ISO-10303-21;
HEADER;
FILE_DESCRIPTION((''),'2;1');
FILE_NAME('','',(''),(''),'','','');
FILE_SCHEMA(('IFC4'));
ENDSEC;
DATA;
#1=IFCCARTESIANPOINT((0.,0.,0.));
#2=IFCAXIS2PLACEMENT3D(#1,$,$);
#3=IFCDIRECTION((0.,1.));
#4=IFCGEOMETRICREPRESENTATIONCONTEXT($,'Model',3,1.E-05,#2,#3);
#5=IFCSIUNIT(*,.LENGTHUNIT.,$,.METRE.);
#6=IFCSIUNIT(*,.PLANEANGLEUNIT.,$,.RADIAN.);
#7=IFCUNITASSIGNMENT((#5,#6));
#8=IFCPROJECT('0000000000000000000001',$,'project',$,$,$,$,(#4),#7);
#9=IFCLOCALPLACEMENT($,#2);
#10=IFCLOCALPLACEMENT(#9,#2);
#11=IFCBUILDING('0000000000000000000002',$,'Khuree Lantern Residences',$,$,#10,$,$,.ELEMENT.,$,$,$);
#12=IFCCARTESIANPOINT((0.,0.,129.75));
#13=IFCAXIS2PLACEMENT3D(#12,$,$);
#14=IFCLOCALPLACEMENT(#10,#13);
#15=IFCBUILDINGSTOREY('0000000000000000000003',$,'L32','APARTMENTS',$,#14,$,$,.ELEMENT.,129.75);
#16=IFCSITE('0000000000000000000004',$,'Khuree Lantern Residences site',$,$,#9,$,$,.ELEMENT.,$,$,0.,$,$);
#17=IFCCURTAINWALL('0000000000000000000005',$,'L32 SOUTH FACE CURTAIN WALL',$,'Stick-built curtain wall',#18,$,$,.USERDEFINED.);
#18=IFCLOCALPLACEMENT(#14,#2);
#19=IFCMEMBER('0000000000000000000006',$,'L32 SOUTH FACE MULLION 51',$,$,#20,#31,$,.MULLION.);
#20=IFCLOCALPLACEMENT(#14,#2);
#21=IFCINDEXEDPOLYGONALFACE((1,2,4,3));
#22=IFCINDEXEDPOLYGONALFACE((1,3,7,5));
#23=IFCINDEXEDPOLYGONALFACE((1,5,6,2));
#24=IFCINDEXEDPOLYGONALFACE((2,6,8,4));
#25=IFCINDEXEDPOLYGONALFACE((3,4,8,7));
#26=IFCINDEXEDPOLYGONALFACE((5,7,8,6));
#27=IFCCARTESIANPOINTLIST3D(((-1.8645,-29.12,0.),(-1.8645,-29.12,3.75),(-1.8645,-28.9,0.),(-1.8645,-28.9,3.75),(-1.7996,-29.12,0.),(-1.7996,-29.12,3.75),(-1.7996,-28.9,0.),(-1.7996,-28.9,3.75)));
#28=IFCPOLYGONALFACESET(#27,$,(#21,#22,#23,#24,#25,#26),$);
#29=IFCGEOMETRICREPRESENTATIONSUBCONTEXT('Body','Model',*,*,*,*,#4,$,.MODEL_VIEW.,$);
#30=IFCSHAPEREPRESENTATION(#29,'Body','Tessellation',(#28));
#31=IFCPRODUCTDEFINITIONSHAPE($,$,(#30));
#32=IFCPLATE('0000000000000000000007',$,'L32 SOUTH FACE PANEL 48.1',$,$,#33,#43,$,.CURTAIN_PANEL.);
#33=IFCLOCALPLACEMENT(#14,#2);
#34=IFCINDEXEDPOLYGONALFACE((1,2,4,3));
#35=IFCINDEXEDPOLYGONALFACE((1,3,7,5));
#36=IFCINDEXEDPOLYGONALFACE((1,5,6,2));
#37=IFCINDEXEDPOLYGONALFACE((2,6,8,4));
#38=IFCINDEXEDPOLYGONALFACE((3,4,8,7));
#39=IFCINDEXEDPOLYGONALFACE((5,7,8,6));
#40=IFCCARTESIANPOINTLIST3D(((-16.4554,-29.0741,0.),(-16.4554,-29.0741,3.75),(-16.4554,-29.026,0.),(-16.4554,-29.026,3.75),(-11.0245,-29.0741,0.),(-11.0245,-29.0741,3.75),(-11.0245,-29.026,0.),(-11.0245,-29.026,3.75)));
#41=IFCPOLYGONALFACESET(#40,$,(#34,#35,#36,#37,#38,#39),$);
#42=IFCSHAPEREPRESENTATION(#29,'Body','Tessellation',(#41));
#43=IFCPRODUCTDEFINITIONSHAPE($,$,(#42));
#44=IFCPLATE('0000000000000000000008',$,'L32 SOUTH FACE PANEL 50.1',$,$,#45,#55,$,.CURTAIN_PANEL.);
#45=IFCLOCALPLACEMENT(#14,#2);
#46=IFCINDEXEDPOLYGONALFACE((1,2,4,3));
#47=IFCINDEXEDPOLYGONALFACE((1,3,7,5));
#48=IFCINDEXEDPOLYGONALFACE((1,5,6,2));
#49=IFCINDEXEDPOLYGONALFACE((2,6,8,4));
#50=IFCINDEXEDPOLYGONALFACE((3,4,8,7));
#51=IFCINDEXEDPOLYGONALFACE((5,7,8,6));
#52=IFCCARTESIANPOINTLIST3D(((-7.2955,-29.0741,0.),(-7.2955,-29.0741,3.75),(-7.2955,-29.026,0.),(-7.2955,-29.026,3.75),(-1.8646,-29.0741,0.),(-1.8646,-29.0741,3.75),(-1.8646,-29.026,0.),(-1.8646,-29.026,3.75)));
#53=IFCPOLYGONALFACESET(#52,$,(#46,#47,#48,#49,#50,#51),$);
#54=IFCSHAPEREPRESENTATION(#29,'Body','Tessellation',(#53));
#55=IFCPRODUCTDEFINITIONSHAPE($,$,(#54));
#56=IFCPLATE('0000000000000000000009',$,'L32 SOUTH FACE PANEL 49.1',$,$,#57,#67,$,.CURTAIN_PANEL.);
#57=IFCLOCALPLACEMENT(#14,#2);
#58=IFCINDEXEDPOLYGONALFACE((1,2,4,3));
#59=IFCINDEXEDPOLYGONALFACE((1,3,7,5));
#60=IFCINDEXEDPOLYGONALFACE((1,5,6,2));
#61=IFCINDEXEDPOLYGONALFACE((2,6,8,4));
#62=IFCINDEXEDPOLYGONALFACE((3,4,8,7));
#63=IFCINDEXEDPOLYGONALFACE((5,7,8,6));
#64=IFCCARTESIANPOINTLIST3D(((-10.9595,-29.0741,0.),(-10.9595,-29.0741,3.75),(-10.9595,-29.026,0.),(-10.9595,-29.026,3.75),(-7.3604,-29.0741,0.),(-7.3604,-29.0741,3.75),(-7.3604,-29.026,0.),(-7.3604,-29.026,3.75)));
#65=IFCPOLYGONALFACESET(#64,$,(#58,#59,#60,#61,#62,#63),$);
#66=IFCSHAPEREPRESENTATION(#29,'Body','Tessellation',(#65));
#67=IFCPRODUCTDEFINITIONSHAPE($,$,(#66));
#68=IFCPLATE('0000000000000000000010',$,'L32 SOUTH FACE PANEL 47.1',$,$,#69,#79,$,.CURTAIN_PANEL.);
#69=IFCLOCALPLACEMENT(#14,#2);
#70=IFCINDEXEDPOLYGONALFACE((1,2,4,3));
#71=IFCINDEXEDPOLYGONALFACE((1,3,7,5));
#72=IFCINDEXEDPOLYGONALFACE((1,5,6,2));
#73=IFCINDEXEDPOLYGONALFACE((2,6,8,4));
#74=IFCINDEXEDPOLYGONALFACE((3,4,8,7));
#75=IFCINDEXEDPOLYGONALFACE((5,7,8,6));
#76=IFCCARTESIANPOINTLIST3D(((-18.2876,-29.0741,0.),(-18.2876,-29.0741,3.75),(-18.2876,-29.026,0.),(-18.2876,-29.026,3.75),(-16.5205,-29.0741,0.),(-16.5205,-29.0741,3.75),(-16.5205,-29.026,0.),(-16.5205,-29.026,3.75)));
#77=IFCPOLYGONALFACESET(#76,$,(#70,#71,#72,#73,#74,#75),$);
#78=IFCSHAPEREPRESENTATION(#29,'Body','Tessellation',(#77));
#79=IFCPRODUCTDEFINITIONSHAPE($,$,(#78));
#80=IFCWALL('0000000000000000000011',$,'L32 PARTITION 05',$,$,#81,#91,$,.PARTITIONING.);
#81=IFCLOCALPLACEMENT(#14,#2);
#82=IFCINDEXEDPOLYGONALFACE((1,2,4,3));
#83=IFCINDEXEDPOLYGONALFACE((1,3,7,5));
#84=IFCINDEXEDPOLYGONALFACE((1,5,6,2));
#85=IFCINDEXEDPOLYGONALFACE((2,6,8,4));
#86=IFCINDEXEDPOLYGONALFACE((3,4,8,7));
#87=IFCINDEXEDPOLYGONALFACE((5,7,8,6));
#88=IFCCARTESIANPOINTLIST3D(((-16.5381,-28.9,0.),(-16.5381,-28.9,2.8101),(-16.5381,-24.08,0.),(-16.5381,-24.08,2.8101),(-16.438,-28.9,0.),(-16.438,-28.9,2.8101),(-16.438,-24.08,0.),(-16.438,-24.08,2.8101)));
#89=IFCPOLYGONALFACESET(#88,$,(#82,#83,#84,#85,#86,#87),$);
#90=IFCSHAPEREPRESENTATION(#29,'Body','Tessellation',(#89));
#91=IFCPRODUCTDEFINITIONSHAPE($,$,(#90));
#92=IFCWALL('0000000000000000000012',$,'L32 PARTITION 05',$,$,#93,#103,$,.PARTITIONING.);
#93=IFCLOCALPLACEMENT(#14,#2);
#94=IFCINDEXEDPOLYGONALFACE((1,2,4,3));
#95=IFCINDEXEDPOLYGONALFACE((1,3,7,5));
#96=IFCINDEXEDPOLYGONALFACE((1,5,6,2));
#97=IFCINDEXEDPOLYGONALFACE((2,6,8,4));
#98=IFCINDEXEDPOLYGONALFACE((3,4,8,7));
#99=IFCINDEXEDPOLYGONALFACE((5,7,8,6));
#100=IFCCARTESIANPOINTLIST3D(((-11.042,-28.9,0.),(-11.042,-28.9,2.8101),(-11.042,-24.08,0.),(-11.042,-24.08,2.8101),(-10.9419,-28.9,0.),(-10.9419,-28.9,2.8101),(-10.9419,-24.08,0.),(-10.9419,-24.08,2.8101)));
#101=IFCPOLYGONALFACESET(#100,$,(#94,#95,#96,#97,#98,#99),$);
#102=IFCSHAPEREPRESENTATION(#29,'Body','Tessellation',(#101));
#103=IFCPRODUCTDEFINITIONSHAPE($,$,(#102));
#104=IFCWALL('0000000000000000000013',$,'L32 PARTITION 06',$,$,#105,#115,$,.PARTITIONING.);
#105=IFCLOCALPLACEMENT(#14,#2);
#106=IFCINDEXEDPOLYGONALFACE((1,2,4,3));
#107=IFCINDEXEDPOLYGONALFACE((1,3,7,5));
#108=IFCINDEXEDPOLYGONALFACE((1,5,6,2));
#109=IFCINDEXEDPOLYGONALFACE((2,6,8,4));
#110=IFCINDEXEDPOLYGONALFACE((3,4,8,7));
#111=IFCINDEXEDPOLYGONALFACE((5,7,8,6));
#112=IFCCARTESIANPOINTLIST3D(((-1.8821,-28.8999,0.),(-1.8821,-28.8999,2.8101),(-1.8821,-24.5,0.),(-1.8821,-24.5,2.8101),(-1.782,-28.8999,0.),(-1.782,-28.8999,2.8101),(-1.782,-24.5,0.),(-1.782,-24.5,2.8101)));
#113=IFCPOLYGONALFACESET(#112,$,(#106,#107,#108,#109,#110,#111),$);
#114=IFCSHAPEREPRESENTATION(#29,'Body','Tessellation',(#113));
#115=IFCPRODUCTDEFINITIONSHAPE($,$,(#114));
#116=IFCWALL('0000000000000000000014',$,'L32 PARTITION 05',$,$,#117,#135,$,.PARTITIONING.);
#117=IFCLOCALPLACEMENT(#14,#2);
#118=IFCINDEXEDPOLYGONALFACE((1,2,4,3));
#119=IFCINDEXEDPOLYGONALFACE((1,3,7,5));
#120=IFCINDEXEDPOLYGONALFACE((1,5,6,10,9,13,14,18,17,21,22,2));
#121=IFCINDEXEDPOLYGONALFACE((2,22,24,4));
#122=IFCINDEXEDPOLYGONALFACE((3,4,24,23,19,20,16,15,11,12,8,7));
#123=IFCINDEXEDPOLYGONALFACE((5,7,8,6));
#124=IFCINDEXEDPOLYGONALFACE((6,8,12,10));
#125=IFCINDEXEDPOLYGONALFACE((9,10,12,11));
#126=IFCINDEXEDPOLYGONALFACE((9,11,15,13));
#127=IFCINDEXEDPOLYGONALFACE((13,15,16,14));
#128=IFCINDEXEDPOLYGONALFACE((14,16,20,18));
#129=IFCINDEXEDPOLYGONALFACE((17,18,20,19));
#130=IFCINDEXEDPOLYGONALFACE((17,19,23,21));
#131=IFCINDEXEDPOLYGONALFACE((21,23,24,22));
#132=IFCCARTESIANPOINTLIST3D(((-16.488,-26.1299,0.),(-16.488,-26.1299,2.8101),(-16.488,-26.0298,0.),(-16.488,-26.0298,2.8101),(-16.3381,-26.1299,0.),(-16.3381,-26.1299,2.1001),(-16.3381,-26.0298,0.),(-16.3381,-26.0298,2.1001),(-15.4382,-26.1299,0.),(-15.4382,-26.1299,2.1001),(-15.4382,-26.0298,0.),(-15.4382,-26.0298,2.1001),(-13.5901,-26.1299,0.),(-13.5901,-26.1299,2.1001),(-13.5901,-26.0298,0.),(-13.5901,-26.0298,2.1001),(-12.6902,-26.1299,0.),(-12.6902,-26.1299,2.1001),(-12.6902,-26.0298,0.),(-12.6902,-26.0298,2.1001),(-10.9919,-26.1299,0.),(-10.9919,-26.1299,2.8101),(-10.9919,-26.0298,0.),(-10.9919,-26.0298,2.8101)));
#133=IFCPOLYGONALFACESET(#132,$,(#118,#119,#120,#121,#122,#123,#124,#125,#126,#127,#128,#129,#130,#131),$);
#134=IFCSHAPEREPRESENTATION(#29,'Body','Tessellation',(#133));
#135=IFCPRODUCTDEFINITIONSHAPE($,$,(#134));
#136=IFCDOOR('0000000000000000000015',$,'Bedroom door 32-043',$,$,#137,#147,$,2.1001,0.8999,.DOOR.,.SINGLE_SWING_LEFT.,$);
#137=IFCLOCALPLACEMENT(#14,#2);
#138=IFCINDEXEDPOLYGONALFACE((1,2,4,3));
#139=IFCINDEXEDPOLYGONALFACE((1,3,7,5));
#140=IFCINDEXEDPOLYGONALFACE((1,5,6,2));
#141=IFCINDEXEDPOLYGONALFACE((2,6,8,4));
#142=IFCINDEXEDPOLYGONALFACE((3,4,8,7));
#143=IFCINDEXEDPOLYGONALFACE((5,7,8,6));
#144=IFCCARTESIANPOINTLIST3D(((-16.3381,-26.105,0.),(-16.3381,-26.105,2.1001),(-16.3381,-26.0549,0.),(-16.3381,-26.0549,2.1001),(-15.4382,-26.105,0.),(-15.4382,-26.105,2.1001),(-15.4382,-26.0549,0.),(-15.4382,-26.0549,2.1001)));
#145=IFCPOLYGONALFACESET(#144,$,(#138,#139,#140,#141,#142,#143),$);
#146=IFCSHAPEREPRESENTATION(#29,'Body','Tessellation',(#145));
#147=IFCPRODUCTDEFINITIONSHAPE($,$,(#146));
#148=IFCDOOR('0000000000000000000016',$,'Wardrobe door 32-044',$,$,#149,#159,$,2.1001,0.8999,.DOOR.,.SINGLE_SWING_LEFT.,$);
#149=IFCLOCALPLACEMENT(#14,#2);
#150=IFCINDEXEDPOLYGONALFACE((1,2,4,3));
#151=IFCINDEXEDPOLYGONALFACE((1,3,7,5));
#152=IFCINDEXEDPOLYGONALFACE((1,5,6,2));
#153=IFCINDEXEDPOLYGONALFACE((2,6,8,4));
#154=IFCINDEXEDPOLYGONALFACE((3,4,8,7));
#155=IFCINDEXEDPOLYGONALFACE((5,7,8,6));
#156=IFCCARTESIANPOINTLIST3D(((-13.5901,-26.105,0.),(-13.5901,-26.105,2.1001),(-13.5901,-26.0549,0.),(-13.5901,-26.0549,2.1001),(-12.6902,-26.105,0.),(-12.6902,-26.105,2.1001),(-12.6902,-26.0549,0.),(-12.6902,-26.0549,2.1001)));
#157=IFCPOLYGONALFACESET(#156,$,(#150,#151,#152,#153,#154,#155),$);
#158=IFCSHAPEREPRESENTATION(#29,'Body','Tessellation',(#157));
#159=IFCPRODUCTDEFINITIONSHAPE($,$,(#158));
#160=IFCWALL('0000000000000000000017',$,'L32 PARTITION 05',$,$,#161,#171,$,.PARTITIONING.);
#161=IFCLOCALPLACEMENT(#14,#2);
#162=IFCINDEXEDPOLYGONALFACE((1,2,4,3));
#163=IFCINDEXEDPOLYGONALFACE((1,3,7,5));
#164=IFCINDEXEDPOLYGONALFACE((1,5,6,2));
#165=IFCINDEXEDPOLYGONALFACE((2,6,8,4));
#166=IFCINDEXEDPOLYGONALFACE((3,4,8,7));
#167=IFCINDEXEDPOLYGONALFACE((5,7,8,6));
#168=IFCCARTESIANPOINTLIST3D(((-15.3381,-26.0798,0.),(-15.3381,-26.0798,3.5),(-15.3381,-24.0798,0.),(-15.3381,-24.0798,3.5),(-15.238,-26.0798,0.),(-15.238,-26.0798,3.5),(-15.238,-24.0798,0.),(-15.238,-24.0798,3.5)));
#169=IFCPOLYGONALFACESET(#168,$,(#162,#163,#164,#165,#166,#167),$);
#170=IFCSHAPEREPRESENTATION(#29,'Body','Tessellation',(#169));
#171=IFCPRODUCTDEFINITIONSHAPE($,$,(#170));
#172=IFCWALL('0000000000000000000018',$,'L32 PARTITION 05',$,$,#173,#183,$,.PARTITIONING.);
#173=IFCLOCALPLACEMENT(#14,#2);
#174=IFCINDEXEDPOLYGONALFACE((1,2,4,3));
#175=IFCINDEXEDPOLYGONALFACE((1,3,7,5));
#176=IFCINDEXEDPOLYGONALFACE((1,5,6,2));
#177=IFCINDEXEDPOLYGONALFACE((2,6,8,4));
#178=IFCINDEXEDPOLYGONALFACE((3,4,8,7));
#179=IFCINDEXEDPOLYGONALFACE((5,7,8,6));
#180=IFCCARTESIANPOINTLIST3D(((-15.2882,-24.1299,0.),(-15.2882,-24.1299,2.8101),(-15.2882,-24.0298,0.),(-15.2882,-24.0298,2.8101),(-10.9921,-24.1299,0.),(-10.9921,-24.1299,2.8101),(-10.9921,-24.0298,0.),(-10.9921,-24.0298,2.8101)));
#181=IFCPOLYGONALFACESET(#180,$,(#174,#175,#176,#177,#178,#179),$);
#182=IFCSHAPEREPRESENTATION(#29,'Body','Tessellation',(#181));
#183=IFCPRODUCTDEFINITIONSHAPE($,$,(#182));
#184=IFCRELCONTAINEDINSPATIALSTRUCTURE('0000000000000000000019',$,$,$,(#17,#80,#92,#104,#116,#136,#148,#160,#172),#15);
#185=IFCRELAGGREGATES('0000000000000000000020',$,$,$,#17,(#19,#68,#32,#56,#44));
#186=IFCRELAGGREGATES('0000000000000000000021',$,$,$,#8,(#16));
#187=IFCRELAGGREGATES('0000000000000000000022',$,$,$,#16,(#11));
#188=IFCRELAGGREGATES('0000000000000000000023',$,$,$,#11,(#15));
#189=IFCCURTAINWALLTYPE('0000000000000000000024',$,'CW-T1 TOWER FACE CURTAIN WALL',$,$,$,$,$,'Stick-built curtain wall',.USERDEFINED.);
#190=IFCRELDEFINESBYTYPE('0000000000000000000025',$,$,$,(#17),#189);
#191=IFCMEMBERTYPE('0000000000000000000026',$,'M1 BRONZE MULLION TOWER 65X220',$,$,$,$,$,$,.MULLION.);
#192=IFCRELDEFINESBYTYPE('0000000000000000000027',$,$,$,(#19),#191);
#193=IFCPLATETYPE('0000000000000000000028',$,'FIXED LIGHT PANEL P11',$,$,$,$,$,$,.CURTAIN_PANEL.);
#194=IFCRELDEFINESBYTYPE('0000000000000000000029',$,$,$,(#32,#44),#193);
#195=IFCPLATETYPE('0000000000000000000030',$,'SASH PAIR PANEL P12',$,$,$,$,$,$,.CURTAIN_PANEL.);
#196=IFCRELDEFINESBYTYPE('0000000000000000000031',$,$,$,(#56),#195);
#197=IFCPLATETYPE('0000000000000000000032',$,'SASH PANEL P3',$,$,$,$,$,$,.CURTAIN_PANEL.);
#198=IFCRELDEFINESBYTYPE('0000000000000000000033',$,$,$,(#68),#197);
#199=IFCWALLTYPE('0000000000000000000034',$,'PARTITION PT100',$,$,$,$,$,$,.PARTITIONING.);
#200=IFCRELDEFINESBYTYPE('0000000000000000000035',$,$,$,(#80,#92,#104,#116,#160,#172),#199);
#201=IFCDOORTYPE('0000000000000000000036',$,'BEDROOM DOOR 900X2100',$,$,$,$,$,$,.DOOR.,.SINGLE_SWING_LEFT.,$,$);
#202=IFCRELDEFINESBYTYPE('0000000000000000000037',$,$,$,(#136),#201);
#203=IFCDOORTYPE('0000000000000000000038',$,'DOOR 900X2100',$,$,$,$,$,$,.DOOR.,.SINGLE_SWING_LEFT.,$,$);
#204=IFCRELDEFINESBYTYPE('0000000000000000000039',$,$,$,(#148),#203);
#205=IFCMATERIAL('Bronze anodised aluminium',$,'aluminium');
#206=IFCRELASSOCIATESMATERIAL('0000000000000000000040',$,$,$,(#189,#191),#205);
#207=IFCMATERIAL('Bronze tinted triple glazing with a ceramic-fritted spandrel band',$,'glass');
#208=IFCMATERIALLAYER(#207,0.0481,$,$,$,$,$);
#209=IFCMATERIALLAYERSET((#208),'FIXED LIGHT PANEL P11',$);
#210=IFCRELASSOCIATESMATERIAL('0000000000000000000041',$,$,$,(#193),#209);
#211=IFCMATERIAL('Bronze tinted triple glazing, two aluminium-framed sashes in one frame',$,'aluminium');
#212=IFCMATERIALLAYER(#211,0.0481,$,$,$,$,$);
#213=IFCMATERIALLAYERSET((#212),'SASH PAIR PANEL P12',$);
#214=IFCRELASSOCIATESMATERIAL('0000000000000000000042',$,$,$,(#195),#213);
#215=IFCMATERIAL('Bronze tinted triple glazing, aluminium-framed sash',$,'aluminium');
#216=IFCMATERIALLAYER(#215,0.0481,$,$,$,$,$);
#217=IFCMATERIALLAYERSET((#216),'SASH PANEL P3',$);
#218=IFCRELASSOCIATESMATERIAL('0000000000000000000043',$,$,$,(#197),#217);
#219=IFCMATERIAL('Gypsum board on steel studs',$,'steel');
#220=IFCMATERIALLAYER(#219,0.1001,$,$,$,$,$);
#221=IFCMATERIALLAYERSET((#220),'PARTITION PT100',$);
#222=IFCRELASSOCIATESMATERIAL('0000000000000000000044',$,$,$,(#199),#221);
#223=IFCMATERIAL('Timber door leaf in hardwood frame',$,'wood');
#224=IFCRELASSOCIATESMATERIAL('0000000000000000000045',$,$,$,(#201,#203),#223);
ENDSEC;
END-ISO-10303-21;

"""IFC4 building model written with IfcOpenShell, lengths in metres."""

from ifc_helpers import new_model, si_unit, direction, frame, frame_2d, origin, origin_2d, place, context, subcontext, project, spatial, rectangle, extrude, material, layer, layer_set, material_profile, profile_set, type_object, element, fill, aggregate, save


model = new_model("IFC4")

# Units and contexts
model_context = context("Model", 3, precision=1e-05, world=origin(), true_north=direction((0.0, 1.0)))
body_context = subcontext(model_context, "Body", "Model", "MODEL_VIEW")
ifc_project = project(units=[si_unit("LENGTHUNIT", "METRE"), si_unit("PLANEANGLEUNIT", "RADIAN")], contexts=[model_context])

# Site, building, storey
site_placement = place(None, origin())
site = spatial("IfcSite", under=ifc_project, at=site_placement, Name="Khuree Lantern Residences site", CompositionType="ELEMENT", RefElevation=0.0)
building_placement = place(site_placement, origin())
building = spatial("IfcBuilding", under=site, at=building_placement, Name="Khuree Lantern Residences", CompositionType="ELEMENT")
storey_placement = place(building_placement, frame((0.0, 0.0, 129.75)))
storey = spatial("IfcBuildingStorey", under=building, at=storey_placement, Name="L32", Description="APARTMENTS", CompositionType="ELEMENT", Elevation=129.75)

# Curtain wall
ifc_material_1 = material(Name="Bronze anodised aluminium", Category="aluminium")
curtain_wall_type = type_object("IfcCurtainWallType", Name="CW-T1 TOWER FACE CURTAIN WALL", ElementType="Stick-built curtain wall", PredefinedType="USERDEFINED", material=ifc_material_1)
curtain_wall_placement = place(storey_placement, origin())
curtain_wall = element("IfcCurtainWall", 1, at=curtain_wall_placement, inside=storey, type_object=curtain_wall_type, Name="L32 SOUTH FACE CURTAIN WALL", ObjectType="Stick-built curtain wall", PredefinedType="USERDEFINED")

# Member
ifc_material_profile_1 = material_profile(ifc_material_1, rectangle(XDim=0.0649, YDim=0.22, at=origin_2d()), Name="M1 65X220")
ifc_profile_set_1 = profile_set([ifc_material_profile_1], Name="Bronze anodised aluminium")
member_type_1 = type_object("IfcMemberType", Name="M1 BRONZE MULLION TOWER 65X220", PredefinedType="MULLION", material=ifc_profile_set_1)
member_1_placement = place(storey_placement, frame((-1.832, -29.01, 0.0), z_axis=(0.0, 0.0, 1.0), x_axis=(1.0, 0.0, 0.0)))
member_1 = element("IfcMember", 2, at=member_1_placement, type_object=member_type_1, Name="L32 SOUTH FACE MULLION 51", PredefinedType="MULLION", context=body_context, shape_type="SweptSolid", body=[
    extrude(rectangle(XDim=0.0649, YDim=0.22, at=origin_2d()), origin(), (0.0, 0.0, 1.0), 3.75),
])

# Plates
ifc_material_2 = material(Name="Bronze tinted triple glazing with a ceramic-fritted spandrel band", Category="glass")
ifc_layer_1 = layer(ifc_material_2, 0.0481)
ifc_layer_set_1 = layer_set([ifc_layer_1], Name="FIXED LIGHT PANEL P11")
plate_type_1 = type_object("IfcPlateType", Name="FIXED LIGHT PANEL P11", PredefinedType="CURTAIN_PANEL", material=ifc_layer_set_1)
plate_1_placement = place(storey_placement, frame((-13.74, -29.05, 0.0), z_axis=(0.0, 0.0, 1.0), x_axis=(1.0, 0.0, 0.0)))
plate_1 = element("IfcPlate", 3, at=plate_1_placement, type_object=plate_type_1, Name="L32 SOUTH FACE PANEL 48.1", PredefinedType="CURTAIN_PANEL", context=body_context, shape_type="SweptSolid", body=[
    extrude(rectangle(XDim=5.4309, YDim=0.0481, at=origin_2d()), origin(), (0.0, 0.0, 1.0), 3.75),
])
plate_2_placement = place(storey_placement, frame((-4.5801, -29.05, 0.0), z_axis=(0.0, 0.0, 1.0), x_axis=(1.0, 0.0, 0.0)))
plate_2 = element("IfcPlate", 4, at=plate_2_placement, type_object=plate_type_1, Name="L32 SOUTH FACE PANEL 50.1", PredefinedType="CURTAIN_PANEL", context=body_context, shape_type="SweptSolid", body=[
    extrude(rectangle(XDim=5.4309, YDim=0.0481, at=origin_2d()), origin(), (0.0, 0.0, 1.0), 3.75),
])
ifc_material_3 = material(Name="Bronze tinted triple glazing, two aluminium-framed sashes in one frame", Category="aluminium")
ifc_layer_2 = layer(ifc_material_3, 0.0481)
ifc_layer_set_2 = layer_set([ifc_layer_2], Name="SASH PAIR PANEL P12")
plate_type_2 = type_object("IfcPlateType", Name="SASH PAIR PANEL P12", PredefinedType="CURTAIN_PANEL", material=ifc_layer_set_2)
plate_3_placement = place(storey_placement, frame((-9.1599, -29.05, 0.0), z_axis=(0.0, 0.0, 1.0), x_axis=(1.0, 0.0, 0.0)))
plate_3 = element("IfcPlate", 5, at=plate_3_placement, type_object=plate_type_2, Name="L32 SOUTH FACE PANEL 49.1", PredefinedType="CURTAIN_PANEL", context=body_context, shape_type="SweptSolid", body=[
    extrude(rectangle(XDim=3.5991, YDim=0.0481, at=origin_2d()), origin(), (0.0, 0.0, 1.0), 3.75),
])
ifc_material_4 = material(Name="Bronze tinted triple glazing, aluminium-framed sash", Category="aluminium")
ifc_layer_3 = layer(ifc_material_4, 0.0481)
ifc_layer_set_3 = layer_set([ifc_layer_3], Name="SASH PANEL P3")
plate_type_3 = type_object("IfcPlateType", Name="SASH PANEL P3", PredefinedType="CURTAIN_PANEL", material=ifc_layer_set_3)
plate_4_placement = place(storey_placement, frame((-17.4041, -29.05, 0.0), z_axis=(0.0, 0.0, 1.0), x_axis=(1.0, 0.0, 0.0)))
plate_4 = element("IfcPlate", 6, at=plate_4_placement, type_object=plate_type_3, Name="L32 SOUTH FACE PANEL 47.1", PredefinedType="CURTAIN_PANEL", context=body_context, shape_type="SweptSolid", body=[
    extrude(rectangle(XDim=1.7671, YDim=0.0481, at=origin_2d()), origin(), (0.0, 0.0, 1.0), 3.75),
])
aggregate(curtain_wall, [member_1, plate_4, plate_1, plate_3, plate_2])

# Walls
ifc_material_5 = material(Name="Gypsum board on steel studs", Category="steel")
ifc_layer_4 = layer(ifc_material_5, 0.1001)
ifc_layer_set_4 = layer_set([ifc_layer_4], Name="PARTITION PT100")
wall_type = type_object("IfcWallType", Name="PARTITION PT100", PredefinedType="PARTITIONING", material=ifc_layer_set_4)
for number, where, z_axis, x_axis, name in (
    (7, (-16.488, -24.0798, 0.0), (0.0, 0.0, 1.0), (0.0, -1.0, 0.0), "L32 PARTITION 05"),
    (8, (-10.9919, -24.0798, 0.0), (0.0, 0.0, 1.0), (0.0, -1.0, 0.0), "L32 PARTITION 05"),
):
    element("IfcWall", number, at=place(storey_placement, frame(where, z_axis=z_axis, x_axis=x_axis)), inside=storey, type_object=wall_type, Name=name, PredefinedType="PARTITIONING", context=body_context, shape_type="SweptSolid", body=[
        extrude(rectangle(XDim=4.8201, YDim=0.1001, at=frame_2d((2.4102, 0.0))), origin(), (0.0, 0.0, 1.0), 2.8101),
    ])
wall_1_placement = place(storey_placement, frame((-1.832, -24.5, 0.0), z_axis=(0.0, 0.0, 1.0), x_axis=(0.0, -1.0, 0.0)))
element("IfcWall", 9, at=wall_1_placement, inside=storey, type_object=wall_type, Name="L32 PARTITION 06", PredefinedType="PARTITIONING", context=body_context, shape_type="SweptSolid", body=[
    extrude(rectangle(XDim=4.3999, YDim=0.1001, at=frame_2d((2.2, 0.0))), origin(), (0.0, 0.0, 1.0), 2.8101),
])

# Wall, openings, doors
wall_2_placement = place(storey_placement, frame((-16.488, -26.0798, 0.0), z_axis=(0.0, 0.0, 1.0), x_axis=(1.0, 0.0, 0.0)))
wall_2 = element("IfcWall", 10, at=wall_2_placement, inside=storey, type_object=wall_type, Name="L32 PARTITION 05", PredefinedType="PARTITIONING", context=body_context, shape_type="SweptSolid", body=[
    extrude(rectangle(XDim=5.4961, YDim=0.1001, at=frame_2d((2.748, 0.0))), origin(), (0.0, 0.0, 1.0), 2.8101),
])
opening_1_placement = place(wall_2_placement, frame((0.1499, 0.0, 0.0)))
opening_1 = element("IfcOpeningElement", 11, at=opening_1_placement, cuts=wall_2, PredefinedType="OPENING", context=body_context, shape_type="SweptSolid", body=[
    extrude(rectangle(XDim=0.8999, YDim=2.1001, at=frame_2d((0.45, 1.05))), frame((0.0, 0.0601, 0.0), z_axis=(0.0, -1.0, 0.0), x_axis=(1.0, 0.0, 0.0)), (0.0, 0.0, 1.0), 0.1201),
])
opening_2_placement = place(wall_2_placement, frame((2.8979, 0.0, 0.0)))
opening_2 = element("IfcOpeningElement", 12, at=opening_2_placement, cuts=wall_2, PredefinedType="OPENING", context=body_context, shape_type="SweptSolid", body=[
    extrude(rectangle(XDim=0.8999, YDim=2.1001, at=frame_2d((0.45, 1.05))), frame((0.0, 0.0601, 0.0), z_axis=(0.0, -1.0, 0.0), x_axis=(1.0, 0.0, 0.0)), (0.0, 0.0, 1.0), 0.1201),
])
ifc_material_6 = material(Name="Timber door leaf in hardwood frame", Category="wood")
door_type_1 = type_object("IfcDoorType", Name="BEDROOM DOOR 900X2100", OperationType="SINGLE_SWING_LEFT", PredefinedType="DOOR", material=ifc_material_6)
door_1_placement = place(opening_1_placement, origin())
door_1 = element("IfcDoor", 13, at=door_1_placement, inside=storey, type_object=door_type_1, Name="Bedroom door 32-043", OperationType="SINGLE_SWING_LEFT", OverallHeight=2.1001, OverallWidth=0.8999, PredefinedType="DOOR", context=body_context, shape_type="SweptSolid", body=[
    extrude(rectangle(XDim=0.8999, YDim=2.1001, at=frame_2d((0.45, 1.05))), frame((0.0, 0.0249, 0.0), z_axis=(0.0, -1.0, 0.0), x_axis=(1.0, 0.0, 0.0)), (0.0, 0.0, 1.0), 0.05),
])
fill(opening_1, door_1)
door_type_2 = type_object("IfcDoorType", Name="DOOR 900X2100", OperationType="SINGLE_SWING_LEFT", PredefinedType="DOOR", material=ifc_material_6)
door_2_placement = place(opening_2_placement, origin())
door_2 = element("IfcDoor", 14, at=door_2_placement, inside=storey, type_object=door_type_2, Name="Wardrobe door 32-044", OperationType="SINGLE_SWING_LEFT", OverallHeight=2.1001, OverallWidth=0.8999, PredefinedType="DOOR", context=body_context, shape_type="SweptSolid", body=[
    extrude(rectangle(XDim=0.8999, YDim=2.1001, at=frame_2d((0.45, 1.05))), frame((0.0, 0.0249, 0.0), z_axis=(0.0, -1.0, 0.0), x_axis=(1.0, 0.0, 0.0)), (0.0, 0.0, 1.0), 0.05),
])
fill(opening_2, door_2)

# Walls
wall_3_placement = place(storey_placement, frame((-15.2881, -24.0798, 0.0), z_axis=(0.0, 0.0, 1.0), x_axis=(0.0, -1.0, 0.0)))
element("IfcWall", 15, at=wall_3_placement, inside=storey, type_object=wall_type, Name="L32 PARTITION 05", PredefinedType="PARTITIONING", context=body_context, shape_type="SweptSolid", body=[
    extrude(rectangle(XDim=2.0, YDim=0.1001, at=frame_2d((1.0, 0.0))), origin(), (0.0, 0.0, 1.0), 3.5),
])
wall_4_placement = place(storey_placement, frame((-15.2881, -24.0798, 0.0), z_axis=(0.0, 0.0, 1.0), x_axis=(1.0, 0.0, 0.0)))
element("IfcWall", 16, at=wall_4_placement, inside=storey, type_object=wall_type, Name="L32 PARTITION 05", PredefinedType="PARTITIONING", context=body_context, shape_type="SweptSolid", body=[
    extrude(rectangle(XDim=4.2961, YDim=0.1001, at=frame_2d((2.1479, 0.0))), origin(), (0.0, 0.0, 1.0), 2.8101),
])

save(model, "model.ifc")
